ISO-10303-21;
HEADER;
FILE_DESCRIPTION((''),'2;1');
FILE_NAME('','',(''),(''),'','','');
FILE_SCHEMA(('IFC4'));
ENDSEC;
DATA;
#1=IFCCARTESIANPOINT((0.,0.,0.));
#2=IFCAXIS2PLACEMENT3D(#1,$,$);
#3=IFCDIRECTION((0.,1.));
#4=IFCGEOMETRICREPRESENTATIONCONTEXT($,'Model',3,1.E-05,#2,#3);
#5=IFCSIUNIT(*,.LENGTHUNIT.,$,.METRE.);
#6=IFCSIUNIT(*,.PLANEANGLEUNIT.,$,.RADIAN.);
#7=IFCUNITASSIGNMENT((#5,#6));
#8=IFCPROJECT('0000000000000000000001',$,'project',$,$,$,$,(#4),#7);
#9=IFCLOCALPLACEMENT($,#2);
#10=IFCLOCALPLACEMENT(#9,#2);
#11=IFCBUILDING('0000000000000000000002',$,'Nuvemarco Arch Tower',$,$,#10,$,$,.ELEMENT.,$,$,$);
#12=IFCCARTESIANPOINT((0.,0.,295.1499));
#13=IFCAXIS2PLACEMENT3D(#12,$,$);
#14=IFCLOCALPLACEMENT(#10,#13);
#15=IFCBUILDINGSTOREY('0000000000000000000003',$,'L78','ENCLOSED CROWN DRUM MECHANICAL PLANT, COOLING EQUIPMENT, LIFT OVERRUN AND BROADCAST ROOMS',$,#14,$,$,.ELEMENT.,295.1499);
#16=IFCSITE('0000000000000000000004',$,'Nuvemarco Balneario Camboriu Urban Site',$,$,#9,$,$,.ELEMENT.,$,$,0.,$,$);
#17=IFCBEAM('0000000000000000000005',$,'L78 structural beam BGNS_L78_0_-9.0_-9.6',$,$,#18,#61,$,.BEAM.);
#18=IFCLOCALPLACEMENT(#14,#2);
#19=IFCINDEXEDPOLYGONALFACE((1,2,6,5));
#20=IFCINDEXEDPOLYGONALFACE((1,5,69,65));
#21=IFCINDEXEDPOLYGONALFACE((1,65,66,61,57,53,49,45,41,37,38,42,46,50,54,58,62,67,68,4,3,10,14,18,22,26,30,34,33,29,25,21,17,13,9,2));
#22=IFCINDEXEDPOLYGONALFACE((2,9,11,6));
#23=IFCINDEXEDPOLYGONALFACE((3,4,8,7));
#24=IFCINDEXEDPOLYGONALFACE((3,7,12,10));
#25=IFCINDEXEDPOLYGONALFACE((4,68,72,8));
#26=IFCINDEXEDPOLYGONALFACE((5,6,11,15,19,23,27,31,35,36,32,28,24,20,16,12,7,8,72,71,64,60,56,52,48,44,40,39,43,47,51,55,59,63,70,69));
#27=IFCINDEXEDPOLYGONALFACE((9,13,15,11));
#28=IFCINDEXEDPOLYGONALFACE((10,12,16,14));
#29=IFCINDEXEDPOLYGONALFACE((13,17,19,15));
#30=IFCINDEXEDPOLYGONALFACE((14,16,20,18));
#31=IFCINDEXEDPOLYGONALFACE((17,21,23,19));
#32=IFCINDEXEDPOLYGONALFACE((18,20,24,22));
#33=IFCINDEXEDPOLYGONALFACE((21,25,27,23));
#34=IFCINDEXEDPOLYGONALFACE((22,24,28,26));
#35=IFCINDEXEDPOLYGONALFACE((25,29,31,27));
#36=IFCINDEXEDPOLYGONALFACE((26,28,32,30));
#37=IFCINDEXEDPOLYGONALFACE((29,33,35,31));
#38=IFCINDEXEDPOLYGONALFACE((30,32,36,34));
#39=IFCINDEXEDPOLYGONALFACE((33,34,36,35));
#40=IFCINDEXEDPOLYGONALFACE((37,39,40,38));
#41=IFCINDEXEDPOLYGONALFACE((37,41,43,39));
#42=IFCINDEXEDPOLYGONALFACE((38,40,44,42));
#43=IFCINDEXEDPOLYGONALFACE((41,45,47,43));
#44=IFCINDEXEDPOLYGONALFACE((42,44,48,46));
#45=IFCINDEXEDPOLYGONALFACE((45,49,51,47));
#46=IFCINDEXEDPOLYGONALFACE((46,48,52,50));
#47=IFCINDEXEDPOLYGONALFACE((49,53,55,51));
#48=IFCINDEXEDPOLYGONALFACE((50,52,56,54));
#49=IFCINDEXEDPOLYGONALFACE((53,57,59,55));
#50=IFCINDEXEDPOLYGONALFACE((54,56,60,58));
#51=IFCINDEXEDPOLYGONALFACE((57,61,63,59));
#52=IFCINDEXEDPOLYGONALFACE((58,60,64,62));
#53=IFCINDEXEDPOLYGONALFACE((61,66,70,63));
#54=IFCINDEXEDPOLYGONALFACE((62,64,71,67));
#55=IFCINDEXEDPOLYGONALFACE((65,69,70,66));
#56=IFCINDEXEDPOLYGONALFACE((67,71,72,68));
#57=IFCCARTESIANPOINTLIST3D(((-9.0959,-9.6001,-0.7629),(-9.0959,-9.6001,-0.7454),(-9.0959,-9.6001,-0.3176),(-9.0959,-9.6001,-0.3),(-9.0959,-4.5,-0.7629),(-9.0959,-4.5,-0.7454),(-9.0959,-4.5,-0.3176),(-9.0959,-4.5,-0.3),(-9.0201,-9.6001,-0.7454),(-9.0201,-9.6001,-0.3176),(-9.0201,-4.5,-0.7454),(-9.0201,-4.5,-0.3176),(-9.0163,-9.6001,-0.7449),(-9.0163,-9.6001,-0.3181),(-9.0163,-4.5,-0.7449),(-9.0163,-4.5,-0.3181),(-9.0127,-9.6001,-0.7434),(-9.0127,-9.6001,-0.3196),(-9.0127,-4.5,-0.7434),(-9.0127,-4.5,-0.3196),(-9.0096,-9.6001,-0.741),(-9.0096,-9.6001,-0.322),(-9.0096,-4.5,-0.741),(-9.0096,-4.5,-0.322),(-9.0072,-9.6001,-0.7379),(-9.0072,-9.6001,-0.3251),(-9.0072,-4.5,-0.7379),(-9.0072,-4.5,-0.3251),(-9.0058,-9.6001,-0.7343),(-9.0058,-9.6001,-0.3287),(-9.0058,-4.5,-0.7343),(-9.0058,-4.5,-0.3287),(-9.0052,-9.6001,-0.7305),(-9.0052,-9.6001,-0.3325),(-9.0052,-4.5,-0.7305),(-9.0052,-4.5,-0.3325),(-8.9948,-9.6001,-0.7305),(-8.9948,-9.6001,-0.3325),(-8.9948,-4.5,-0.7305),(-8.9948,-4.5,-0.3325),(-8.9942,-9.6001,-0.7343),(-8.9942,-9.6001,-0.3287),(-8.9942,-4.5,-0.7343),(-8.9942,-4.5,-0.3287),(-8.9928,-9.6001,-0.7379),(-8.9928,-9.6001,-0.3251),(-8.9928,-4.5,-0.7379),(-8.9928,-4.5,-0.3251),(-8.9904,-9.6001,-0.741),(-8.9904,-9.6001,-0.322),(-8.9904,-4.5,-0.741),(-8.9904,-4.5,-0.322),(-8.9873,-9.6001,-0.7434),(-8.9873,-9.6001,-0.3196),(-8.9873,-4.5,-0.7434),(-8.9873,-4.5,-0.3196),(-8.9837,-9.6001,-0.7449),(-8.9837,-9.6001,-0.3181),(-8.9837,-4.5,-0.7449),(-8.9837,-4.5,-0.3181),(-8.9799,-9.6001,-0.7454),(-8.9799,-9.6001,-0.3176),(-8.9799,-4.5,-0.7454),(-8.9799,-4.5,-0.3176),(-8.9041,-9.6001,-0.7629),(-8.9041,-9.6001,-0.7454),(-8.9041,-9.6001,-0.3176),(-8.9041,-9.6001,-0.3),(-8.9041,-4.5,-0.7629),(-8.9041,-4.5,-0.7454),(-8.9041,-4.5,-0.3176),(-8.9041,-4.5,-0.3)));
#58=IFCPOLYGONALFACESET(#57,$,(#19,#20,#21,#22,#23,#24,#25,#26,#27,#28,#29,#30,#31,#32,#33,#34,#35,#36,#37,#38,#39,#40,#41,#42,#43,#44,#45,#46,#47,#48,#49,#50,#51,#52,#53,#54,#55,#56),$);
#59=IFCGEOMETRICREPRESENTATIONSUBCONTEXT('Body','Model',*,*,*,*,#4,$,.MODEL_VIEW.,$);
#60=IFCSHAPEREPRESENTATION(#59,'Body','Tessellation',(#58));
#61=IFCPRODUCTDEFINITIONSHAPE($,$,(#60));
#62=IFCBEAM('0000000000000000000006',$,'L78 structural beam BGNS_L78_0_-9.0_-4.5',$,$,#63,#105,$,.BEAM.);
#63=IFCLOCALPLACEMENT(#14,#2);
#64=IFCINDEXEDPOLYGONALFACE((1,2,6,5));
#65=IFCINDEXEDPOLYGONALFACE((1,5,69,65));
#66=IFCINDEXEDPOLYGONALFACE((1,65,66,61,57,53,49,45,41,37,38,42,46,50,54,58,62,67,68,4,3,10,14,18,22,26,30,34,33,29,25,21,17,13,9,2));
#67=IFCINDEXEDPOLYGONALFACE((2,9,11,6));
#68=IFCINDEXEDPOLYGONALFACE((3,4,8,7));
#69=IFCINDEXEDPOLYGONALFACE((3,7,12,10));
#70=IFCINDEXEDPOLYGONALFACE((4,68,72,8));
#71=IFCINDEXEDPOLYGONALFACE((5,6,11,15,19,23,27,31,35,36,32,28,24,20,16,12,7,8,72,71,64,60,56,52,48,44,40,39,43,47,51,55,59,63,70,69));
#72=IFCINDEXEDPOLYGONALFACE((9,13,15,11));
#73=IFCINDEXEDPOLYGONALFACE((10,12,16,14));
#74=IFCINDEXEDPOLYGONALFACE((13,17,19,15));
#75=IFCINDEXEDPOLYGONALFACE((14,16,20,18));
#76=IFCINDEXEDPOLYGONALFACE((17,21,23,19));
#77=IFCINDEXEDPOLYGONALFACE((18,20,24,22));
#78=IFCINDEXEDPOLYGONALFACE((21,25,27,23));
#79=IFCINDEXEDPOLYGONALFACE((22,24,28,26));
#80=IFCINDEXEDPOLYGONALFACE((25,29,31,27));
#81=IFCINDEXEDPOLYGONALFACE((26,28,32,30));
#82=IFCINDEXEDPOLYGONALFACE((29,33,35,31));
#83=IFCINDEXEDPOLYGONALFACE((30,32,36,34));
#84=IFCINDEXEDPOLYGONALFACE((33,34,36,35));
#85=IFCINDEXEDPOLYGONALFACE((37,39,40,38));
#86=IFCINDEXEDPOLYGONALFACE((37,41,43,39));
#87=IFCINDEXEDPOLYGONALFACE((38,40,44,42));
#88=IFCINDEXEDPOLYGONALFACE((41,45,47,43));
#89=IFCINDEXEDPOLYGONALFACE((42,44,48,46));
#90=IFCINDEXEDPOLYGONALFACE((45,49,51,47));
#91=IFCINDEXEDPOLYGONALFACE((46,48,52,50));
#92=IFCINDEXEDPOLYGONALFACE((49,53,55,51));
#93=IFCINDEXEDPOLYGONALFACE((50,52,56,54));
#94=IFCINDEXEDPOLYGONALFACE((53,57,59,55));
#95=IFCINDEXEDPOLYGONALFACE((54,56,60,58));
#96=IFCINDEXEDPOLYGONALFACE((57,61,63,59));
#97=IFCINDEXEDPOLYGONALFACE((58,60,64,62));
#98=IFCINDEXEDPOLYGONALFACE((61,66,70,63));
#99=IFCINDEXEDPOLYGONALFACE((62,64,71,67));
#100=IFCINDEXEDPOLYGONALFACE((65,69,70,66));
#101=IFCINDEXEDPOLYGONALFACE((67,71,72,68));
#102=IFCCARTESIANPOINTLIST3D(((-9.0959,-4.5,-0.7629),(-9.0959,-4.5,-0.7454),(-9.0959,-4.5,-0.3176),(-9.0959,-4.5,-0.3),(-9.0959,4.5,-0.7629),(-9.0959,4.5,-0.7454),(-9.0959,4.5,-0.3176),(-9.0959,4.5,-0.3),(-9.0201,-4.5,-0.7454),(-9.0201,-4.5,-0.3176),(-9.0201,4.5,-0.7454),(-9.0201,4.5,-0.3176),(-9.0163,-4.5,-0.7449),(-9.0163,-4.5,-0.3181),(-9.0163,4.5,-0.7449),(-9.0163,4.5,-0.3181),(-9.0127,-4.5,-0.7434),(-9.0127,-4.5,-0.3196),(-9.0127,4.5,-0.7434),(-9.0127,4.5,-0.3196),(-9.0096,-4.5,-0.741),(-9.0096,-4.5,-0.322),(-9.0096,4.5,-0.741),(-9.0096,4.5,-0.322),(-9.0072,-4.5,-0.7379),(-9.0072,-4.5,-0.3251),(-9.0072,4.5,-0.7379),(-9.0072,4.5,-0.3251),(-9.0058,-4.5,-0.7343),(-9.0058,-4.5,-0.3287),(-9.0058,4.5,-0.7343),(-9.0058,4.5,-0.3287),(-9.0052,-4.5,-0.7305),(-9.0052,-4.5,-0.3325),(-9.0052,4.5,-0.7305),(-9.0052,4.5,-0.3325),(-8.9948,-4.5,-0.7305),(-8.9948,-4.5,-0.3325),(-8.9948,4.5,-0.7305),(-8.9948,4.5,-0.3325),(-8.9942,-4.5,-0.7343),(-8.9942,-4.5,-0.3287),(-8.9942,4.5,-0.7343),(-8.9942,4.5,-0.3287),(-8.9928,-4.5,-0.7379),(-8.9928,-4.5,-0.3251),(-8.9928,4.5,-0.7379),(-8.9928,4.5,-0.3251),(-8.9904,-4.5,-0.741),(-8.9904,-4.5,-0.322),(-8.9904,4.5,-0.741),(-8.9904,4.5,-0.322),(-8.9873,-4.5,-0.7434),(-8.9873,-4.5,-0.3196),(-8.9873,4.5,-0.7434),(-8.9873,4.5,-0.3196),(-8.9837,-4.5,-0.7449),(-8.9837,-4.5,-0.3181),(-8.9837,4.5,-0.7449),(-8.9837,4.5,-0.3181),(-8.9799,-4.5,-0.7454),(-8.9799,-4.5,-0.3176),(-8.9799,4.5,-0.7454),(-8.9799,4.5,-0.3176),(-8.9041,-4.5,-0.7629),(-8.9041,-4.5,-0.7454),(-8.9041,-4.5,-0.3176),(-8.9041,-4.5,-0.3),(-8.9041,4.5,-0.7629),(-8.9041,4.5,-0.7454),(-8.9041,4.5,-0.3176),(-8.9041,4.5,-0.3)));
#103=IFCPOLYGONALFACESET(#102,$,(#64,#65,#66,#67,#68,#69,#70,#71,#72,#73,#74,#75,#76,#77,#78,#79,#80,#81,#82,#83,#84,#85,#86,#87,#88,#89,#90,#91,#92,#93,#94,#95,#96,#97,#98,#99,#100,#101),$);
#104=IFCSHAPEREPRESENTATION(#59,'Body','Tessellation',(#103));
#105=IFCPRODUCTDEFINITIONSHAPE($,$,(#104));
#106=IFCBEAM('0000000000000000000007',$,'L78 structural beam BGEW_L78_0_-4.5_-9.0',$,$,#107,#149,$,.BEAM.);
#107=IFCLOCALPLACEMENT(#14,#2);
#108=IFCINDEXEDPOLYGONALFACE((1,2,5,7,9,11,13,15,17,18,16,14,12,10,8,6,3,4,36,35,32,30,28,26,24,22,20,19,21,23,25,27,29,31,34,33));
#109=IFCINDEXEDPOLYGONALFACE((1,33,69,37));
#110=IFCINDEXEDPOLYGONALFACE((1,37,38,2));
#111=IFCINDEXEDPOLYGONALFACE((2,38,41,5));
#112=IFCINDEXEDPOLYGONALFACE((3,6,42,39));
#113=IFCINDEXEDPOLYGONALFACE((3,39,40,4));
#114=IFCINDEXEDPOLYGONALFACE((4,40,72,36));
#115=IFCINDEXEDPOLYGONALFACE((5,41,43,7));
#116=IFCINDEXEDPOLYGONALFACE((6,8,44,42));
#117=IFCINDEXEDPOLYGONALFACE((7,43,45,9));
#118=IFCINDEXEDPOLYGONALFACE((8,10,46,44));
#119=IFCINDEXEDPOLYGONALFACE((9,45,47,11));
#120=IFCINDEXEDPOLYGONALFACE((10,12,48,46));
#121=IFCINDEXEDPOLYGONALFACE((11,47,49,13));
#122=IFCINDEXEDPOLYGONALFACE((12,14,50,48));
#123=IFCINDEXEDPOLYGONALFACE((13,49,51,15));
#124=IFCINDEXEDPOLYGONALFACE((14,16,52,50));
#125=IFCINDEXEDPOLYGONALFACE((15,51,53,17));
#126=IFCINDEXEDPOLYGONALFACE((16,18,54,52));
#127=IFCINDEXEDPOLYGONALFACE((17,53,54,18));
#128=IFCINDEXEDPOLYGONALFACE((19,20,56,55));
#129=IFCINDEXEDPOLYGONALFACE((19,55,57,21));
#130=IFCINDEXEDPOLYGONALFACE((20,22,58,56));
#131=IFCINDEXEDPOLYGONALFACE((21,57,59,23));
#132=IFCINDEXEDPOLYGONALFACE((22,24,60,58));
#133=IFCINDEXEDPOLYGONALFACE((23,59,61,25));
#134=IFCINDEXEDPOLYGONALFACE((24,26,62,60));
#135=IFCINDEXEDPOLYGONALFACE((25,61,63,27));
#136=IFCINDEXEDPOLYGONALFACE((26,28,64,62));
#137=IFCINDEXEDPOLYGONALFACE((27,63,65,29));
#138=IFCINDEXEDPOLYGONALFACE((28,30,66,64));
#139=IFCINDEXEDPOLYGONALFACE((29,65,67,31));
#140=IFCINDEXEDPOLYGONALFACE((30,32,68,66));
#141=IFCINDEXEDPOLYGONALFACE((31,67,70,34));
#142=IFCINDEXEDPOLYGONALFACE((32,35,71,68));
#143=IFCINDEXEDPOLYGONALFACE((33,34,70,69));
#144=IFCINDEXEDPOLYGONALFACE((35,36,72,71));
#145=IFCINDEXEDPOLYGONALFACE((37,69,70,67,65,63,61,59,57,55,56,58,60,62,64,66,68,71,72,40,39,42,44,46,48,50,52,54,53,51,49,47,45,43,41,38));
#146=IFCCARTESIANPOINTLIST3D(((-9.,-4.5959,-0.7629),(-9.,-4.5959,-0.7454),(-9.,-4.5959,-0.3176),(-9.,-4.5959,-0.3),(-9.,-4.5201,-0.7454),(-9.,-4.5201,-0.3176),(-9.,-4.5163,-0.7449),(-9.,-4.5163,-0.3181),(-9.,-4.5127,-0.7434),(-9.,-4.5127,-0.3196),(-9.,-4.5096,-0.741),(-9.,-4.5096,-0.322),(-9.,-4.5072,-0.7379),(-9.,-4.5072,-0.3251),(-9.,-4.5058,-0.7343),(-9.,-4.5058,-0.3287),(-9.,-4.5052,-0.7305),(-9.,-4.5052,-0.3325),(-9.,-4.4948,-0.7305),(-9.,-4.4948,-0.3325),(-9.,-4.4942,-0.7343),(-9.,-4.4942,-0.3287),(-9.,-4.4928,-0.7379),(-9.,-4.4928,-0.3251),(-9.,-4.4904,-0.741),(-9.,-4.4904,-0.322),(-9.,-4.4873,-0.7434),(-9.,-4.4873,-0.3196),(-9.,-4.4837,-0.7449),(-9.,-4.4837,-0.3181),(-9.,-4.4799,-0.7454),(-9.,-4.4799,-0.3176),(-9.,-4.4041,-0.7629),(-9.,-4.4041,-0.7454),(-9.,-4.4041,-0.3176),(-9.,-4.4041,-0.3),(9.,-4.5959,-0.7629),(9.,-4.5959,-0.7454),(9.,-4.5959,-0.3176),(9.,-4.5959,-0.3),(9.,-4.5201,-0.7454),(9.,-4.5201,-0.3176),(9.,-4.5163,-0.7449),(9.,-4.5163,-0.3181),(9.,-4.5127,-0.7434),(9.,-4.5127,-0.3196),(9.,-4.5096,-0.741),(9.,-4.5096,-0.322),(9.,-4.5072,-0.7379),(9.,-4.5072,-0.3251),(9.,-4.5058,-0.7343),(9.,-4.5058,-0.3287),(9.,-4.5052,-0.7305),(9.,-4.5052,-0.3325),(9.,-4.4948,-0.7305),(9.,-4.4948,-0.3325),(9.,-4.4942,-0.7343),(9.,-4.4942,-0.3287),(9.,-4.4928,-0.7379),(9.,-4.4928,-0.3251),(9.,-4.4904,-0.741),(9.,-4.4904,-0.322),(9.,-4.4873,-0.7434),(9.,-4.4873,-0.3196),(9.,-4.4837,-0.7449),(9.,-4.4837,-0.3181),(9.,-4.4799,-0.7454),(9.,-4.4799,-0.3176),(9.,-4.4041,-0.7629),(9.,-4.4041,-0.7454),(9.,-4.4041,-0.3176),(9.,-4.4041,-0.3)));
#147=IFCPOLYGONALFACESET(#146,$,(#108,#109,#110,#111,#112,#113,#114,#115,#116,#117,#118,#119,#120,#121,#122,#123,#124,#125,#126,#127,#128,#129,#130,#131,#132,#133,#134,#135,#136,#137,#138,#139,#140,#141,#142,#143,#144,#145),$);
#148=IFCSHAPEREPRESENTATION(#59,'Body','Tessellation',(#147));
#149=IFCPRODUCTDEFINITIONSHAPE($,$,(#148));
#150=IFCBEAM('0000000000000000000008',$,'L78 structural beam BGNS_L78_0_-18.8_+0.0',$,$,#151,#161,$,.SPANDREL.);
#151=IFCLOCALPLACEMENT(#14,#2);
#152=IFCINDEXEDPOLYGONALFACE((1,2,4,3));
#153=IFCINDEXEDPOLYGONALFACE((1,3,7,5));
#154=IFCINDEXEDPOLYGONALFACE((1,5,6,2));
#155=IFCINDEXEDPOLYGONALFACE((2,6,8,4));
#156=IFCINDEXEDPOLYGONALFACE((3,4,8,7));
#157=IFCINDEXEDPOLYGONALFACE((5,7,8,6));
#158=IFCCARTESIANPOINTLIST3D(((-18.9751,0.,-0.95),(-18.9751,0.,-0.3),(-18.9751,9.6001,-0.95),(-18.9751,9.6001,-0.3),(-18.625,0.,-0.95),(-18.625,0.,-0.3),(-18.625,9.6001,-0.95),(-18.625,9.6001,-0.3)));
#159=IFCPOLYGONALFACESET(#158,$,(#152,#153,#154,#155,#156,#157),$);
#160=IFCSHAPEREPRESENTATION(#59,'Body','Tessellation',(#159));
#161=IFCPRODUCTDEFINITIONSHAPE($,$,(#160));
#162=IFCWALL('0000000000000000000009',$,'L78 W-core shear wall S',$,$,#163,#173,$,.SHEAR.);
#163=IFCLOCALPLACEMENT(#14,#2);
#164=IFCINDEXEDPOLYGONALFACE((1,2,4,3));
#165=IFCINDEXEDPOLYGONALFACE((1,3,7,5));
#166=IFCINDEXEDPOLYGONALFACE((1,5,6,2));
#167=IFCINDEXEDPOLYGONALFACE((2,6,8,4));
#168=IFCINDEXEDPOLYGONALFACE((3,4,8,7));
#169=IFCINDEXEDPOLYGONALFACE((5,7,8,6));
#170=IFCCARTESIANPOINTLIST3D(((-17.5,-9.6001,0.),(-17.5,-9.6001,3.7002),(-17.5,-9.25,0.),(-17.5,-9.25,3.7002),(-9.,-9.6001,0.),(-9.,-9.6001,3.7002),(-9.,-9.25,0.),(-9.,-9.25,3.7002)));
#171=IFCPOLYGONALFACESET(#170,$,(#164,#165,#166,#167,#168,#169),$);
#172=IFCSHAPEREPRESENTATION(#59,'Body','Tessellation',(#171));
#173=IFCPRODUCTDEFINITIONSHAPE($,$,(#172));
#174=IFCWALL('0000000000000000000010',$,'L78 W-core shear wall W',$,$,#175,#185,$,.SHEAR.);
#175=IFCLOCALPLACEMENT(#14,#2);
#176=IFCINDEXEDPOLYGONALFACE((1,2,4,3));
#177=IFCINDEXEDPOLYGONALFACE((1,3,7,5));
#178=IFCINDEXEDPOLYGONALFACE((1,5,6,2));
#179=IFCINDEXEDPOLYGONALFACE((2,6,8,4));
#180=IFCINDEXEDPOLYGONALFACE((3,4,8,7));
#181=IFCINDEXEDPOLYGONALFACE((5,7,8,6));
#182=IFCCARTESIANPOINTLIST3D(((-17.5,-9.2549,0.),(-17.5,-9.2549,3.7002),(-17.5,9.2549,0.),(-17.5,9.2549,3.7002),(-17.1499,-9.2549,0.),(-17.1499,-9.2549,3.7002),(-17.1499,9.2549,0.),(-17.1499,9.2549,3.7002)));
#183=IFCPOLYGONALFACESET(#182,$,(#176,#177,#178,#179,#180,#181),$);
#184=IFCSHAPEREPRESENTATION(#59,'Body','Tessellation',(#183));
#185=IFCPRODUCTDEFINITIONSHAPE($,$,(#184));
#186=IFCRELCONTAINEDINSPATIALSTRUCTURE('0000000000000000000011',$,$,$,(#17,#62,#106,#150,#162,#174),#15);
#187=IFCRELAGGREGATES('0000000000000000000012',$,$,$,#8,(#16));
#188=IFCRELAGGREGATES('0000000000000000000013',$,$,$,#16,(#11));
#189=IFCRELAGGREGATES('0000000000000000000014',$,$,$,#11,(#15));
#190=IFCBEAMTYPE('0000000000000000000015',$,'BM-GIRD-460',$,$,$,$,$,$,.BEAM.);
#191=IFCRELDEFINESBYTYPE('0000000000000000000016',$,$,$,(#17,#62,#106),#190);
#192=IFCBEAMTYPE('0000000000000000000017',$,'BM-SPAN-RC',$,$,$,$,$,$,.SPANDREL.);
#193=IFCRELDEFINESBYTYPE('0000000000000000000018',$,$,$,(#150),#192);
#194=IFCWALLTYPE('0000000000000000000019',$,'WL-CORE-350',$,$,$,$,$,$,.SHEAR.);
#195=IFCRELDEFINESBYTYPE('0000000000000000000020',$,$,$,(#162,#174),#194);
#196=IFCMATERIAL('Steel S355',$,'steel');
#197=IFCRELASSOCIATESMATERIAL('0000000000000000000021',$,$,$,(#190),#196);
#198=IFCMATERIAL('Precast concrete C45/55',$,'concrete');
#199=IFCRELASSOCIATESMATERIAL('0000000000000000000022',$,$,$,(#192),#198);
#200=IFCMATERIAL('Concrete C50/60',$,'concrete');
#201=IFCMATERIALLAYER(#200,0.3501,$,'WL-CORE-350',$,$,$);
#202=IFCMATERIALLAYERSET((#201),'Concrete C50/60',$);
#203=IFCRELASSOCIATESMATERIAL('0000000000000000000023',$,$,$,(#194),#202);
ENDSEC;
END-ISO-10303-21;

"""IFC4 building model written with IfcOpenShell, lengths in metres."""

from ifc_helpers import new_model, si_unit, direction, frame, frame_2d, origin, origin_2d, place, context, subcontext, project, spatial, rectangle, i_section, extrude, material, layer, layer_set, material_profile, profile_set, type_object, element, save


model = new_model("IFC4")

# Units and contexts
model_context = context("Model", 3, precision=1e-05, world=origin(), true_north=direction((0.0, 1.0)))
body_context = subcontext(model_context, "Body", "Model", "MODEL_VIEW")
ifc_project = project(units=[si_unit("LENGTHUNIT", "METRE"), si_unit("PLANEANGLEUNIT", "RADIAN")], contexts=[model_context])

# Site, building, storey
site_placement = place(None, origin())
site = spatial("IfcSite", under=ifc_project, at=site_placement, Name="Nuvemarco Balneario Camboriu Urban Site", CompositionType="ELEMENT", RefElevation=0.0)
building_placement = place(site_placement, origin())
building = spatial("IfcBuilding", under=site, at=building_placement, Name="Nuvemarco Arch Tower", CompositionType="ELEMENT")
storey_placement = place(building_placement, frame((0.0, 0.0, 295.1499)))
storey = spatial("IfcBuildingStorey", under=building, at=storey_placement, Name="L78", Description="ENCLOSED CROWN DRUM MECHANICAL PLANT, COOLING EQUIPMENT, LIFT OVERRUN AND BROADCAST ROOMS", CompositionType="ELEMENT", Elevation=295.1499)

# Shared definitions
ifc_material_1 = material(Name="Concrete C50/60", Category="concrete")
ifc_material_2 = material(Name="Steel S355", Category="steel")

# Beams
ifc_material_profile_1 = material_profile(ifc_material_2, i_section(OverallWidth=0.1919, OverallDepth=0.4629, WebThickness=0.0105, FlangeThickness=0.0176, FilletRadius=0.0149, at=origin_2d()), Name="W460x89")
ifc_profile_set_1 = profile_set([ifc_material_profile_1], Name="Steel S355")
beam_type_1 = type_object("IfcBeamType", Name="BM-GIRD-460", PredefinedType="BEAM", material=ifc_profile_set_1)
beam_1_placement = place(storey_placement, frame((-9.0, -9.6001, -0.5315), z_axis=(0.0, 1.0, 0.0), x_axis=(-1.0, 0.0, 0.0)))
element("IfcBeam", 1, at=beam_1_placement, inside=storey, type_object=beam_type_1, Name="L78 structural beam BGNS_L78_0_-9.0_-9.6", PredefinedType="BEAM", context=body_context, shape_type="SweptSolid", body=[
    extrude(i_section(OverallWidth=0.1919, OverallDepth=0.4629, WebThickness=0.0105, FlangeThickness=0.0176, FilletRadius=0.0149, at=origin_2d()), origin(), (0.0, 0.0, 1.0), 5.1001),
])
beam_2_placement = place(storey_placement, frame((-9.0, -4.5, -0.5315), z_axis=(0.0, 1.0, 0.0), x_axis=(-1.0, 0.0, 0.0)))
element("IfcBeam", 2, at=beam_2_placement, inside=storey, type_object=beam_type_1, Name="L78 structural beam BGNS_L78_0_-9.0_-4.5", PredefinedType="BEAM", context=body_context, shape_type="SweptSolid", body=[
    extrude(i_section(OverallWidth=0.1919, OverallDepth=0.4629, WebThickness=0.0105, FlangeThickness=0.0176, FilletRadius=0.0149, at=origin_2d()), origin(), (0.0, 0.0, 1.0), 9.0),
])
beam_3_placement = place(storey_placement, frame((-9.0, -4.5, -0.5315), z_axis=(1.0, 0.0, 0.0), x_axis=(0.0, 1.0, 0.0)))
element("IfcBeam", 3, at=beam_3_placement, inside=storey, type_object=beam_type_1, Name="L78 structural beam BGEW_L78_0_-4.5_-9.0", PredefinedType="BEAM", context=body_context, shape_type="SweptSolid", body=[
    extrude(i_section(OverallWidth=0.1919, OverallDepth=0.4629, WebThickness=0.0105, FlangeThickness=0.0176, FilletRadius=0.0149, at=origin_2d()), origin(), (0.0, 0.0, 1.0), 18.0),
])
ifc_material_3 = material(Name="Precast concrete C45/55", Category="concrete")
ifc_material_profile_2 = material_profile(ifc_material_3, rectangle(XDim=0.3501, YDim=0.6499, at=origin_2d()), Name="PC-SP-350x650")
ifc_profile_set_2 = profile_set([ifc_material_profile_2], Name="Precast concrete C45/55")
beam_type_2 = type_object("IfcBeamType", Name="BM-SPAN-RC", PredefinedType="SPANDREL", material=ifc_profile_set_2)
beam_4_placement = place(storey_placement, frame((-18.8, 0.0, -0.625), z_axis=(0.0, 1.0, 0.0), x_axis=(-1.0, 0.0, 0.0)))
element("IfcBeam", 4, at=beam_4_placement, inside=storey, type_object=beam_type_2, Name="L78 structural beam BGNS_L78_0_-18.8_+0.0", PredefinedType="SPANDREL", context=body_context, shape_type="SweptSolid", body=[
    extrude(rectangle(XDim=0.3501, YDim=0.6499, at=origin_2d()), origin(), (0.0, 0.0, 1.0), 9.6001),
])

# Walls
ifc_layer_1 = layer(ifc_material_1, 0.3501, Name="WL-CORE-350")
ifc_layer_set_1 = layer_set([ifc_layer_1], Name="Concrete C50/60")
wall_type_1 = type_object("IfcWallType", Name="WL-CORE-350", PredefinedType="SHEAR", material=ifc_layer_set_1)
wall_1_placement = place(storey_placement, frame((-17.5, -9.425, 0.0), z_axis=(0.0, 0.0, 1.0), x_axis=(1.0, 0.0, 0.0)))
element("IfcWall", 5, at=wall_1_placement, inside=storey, type_object=wall_type_1, Name="L78 W-core shear wall S", PredefinedType="SHEAR", context=body_context, shape_type="SweptSolid", body=[
    extrude(rectangle(XDim=8.5, YDim=0.3501, at=frame_2d((4.25, 0.0))), origin(), (0.0, 0.0, 1.0), 3.7002),
])
wall_2_placement = place(storey_placement, frame((-17.325, -9.2549, 0.0), z_axis=(0.0, 0.0, 1.0), x_axis=(0.0, 1.0, 0.0)))
element("IfcWall", 6, at=wall_2_placement, inside=storey, type_object=wall_type_1, Name="L78 W-core shear wall W", PredefinedType="SHEAR", context=body_context, shape_type="SweptSolid", body=[
    extrude(rectangle(XDim=18.5098, YDim=0.3501, at=frame_2d((9.2549, 0.0))), origin(), (0.0, 0.0, 1.0), 3.7002),
])

save(model, "model.ifc")
